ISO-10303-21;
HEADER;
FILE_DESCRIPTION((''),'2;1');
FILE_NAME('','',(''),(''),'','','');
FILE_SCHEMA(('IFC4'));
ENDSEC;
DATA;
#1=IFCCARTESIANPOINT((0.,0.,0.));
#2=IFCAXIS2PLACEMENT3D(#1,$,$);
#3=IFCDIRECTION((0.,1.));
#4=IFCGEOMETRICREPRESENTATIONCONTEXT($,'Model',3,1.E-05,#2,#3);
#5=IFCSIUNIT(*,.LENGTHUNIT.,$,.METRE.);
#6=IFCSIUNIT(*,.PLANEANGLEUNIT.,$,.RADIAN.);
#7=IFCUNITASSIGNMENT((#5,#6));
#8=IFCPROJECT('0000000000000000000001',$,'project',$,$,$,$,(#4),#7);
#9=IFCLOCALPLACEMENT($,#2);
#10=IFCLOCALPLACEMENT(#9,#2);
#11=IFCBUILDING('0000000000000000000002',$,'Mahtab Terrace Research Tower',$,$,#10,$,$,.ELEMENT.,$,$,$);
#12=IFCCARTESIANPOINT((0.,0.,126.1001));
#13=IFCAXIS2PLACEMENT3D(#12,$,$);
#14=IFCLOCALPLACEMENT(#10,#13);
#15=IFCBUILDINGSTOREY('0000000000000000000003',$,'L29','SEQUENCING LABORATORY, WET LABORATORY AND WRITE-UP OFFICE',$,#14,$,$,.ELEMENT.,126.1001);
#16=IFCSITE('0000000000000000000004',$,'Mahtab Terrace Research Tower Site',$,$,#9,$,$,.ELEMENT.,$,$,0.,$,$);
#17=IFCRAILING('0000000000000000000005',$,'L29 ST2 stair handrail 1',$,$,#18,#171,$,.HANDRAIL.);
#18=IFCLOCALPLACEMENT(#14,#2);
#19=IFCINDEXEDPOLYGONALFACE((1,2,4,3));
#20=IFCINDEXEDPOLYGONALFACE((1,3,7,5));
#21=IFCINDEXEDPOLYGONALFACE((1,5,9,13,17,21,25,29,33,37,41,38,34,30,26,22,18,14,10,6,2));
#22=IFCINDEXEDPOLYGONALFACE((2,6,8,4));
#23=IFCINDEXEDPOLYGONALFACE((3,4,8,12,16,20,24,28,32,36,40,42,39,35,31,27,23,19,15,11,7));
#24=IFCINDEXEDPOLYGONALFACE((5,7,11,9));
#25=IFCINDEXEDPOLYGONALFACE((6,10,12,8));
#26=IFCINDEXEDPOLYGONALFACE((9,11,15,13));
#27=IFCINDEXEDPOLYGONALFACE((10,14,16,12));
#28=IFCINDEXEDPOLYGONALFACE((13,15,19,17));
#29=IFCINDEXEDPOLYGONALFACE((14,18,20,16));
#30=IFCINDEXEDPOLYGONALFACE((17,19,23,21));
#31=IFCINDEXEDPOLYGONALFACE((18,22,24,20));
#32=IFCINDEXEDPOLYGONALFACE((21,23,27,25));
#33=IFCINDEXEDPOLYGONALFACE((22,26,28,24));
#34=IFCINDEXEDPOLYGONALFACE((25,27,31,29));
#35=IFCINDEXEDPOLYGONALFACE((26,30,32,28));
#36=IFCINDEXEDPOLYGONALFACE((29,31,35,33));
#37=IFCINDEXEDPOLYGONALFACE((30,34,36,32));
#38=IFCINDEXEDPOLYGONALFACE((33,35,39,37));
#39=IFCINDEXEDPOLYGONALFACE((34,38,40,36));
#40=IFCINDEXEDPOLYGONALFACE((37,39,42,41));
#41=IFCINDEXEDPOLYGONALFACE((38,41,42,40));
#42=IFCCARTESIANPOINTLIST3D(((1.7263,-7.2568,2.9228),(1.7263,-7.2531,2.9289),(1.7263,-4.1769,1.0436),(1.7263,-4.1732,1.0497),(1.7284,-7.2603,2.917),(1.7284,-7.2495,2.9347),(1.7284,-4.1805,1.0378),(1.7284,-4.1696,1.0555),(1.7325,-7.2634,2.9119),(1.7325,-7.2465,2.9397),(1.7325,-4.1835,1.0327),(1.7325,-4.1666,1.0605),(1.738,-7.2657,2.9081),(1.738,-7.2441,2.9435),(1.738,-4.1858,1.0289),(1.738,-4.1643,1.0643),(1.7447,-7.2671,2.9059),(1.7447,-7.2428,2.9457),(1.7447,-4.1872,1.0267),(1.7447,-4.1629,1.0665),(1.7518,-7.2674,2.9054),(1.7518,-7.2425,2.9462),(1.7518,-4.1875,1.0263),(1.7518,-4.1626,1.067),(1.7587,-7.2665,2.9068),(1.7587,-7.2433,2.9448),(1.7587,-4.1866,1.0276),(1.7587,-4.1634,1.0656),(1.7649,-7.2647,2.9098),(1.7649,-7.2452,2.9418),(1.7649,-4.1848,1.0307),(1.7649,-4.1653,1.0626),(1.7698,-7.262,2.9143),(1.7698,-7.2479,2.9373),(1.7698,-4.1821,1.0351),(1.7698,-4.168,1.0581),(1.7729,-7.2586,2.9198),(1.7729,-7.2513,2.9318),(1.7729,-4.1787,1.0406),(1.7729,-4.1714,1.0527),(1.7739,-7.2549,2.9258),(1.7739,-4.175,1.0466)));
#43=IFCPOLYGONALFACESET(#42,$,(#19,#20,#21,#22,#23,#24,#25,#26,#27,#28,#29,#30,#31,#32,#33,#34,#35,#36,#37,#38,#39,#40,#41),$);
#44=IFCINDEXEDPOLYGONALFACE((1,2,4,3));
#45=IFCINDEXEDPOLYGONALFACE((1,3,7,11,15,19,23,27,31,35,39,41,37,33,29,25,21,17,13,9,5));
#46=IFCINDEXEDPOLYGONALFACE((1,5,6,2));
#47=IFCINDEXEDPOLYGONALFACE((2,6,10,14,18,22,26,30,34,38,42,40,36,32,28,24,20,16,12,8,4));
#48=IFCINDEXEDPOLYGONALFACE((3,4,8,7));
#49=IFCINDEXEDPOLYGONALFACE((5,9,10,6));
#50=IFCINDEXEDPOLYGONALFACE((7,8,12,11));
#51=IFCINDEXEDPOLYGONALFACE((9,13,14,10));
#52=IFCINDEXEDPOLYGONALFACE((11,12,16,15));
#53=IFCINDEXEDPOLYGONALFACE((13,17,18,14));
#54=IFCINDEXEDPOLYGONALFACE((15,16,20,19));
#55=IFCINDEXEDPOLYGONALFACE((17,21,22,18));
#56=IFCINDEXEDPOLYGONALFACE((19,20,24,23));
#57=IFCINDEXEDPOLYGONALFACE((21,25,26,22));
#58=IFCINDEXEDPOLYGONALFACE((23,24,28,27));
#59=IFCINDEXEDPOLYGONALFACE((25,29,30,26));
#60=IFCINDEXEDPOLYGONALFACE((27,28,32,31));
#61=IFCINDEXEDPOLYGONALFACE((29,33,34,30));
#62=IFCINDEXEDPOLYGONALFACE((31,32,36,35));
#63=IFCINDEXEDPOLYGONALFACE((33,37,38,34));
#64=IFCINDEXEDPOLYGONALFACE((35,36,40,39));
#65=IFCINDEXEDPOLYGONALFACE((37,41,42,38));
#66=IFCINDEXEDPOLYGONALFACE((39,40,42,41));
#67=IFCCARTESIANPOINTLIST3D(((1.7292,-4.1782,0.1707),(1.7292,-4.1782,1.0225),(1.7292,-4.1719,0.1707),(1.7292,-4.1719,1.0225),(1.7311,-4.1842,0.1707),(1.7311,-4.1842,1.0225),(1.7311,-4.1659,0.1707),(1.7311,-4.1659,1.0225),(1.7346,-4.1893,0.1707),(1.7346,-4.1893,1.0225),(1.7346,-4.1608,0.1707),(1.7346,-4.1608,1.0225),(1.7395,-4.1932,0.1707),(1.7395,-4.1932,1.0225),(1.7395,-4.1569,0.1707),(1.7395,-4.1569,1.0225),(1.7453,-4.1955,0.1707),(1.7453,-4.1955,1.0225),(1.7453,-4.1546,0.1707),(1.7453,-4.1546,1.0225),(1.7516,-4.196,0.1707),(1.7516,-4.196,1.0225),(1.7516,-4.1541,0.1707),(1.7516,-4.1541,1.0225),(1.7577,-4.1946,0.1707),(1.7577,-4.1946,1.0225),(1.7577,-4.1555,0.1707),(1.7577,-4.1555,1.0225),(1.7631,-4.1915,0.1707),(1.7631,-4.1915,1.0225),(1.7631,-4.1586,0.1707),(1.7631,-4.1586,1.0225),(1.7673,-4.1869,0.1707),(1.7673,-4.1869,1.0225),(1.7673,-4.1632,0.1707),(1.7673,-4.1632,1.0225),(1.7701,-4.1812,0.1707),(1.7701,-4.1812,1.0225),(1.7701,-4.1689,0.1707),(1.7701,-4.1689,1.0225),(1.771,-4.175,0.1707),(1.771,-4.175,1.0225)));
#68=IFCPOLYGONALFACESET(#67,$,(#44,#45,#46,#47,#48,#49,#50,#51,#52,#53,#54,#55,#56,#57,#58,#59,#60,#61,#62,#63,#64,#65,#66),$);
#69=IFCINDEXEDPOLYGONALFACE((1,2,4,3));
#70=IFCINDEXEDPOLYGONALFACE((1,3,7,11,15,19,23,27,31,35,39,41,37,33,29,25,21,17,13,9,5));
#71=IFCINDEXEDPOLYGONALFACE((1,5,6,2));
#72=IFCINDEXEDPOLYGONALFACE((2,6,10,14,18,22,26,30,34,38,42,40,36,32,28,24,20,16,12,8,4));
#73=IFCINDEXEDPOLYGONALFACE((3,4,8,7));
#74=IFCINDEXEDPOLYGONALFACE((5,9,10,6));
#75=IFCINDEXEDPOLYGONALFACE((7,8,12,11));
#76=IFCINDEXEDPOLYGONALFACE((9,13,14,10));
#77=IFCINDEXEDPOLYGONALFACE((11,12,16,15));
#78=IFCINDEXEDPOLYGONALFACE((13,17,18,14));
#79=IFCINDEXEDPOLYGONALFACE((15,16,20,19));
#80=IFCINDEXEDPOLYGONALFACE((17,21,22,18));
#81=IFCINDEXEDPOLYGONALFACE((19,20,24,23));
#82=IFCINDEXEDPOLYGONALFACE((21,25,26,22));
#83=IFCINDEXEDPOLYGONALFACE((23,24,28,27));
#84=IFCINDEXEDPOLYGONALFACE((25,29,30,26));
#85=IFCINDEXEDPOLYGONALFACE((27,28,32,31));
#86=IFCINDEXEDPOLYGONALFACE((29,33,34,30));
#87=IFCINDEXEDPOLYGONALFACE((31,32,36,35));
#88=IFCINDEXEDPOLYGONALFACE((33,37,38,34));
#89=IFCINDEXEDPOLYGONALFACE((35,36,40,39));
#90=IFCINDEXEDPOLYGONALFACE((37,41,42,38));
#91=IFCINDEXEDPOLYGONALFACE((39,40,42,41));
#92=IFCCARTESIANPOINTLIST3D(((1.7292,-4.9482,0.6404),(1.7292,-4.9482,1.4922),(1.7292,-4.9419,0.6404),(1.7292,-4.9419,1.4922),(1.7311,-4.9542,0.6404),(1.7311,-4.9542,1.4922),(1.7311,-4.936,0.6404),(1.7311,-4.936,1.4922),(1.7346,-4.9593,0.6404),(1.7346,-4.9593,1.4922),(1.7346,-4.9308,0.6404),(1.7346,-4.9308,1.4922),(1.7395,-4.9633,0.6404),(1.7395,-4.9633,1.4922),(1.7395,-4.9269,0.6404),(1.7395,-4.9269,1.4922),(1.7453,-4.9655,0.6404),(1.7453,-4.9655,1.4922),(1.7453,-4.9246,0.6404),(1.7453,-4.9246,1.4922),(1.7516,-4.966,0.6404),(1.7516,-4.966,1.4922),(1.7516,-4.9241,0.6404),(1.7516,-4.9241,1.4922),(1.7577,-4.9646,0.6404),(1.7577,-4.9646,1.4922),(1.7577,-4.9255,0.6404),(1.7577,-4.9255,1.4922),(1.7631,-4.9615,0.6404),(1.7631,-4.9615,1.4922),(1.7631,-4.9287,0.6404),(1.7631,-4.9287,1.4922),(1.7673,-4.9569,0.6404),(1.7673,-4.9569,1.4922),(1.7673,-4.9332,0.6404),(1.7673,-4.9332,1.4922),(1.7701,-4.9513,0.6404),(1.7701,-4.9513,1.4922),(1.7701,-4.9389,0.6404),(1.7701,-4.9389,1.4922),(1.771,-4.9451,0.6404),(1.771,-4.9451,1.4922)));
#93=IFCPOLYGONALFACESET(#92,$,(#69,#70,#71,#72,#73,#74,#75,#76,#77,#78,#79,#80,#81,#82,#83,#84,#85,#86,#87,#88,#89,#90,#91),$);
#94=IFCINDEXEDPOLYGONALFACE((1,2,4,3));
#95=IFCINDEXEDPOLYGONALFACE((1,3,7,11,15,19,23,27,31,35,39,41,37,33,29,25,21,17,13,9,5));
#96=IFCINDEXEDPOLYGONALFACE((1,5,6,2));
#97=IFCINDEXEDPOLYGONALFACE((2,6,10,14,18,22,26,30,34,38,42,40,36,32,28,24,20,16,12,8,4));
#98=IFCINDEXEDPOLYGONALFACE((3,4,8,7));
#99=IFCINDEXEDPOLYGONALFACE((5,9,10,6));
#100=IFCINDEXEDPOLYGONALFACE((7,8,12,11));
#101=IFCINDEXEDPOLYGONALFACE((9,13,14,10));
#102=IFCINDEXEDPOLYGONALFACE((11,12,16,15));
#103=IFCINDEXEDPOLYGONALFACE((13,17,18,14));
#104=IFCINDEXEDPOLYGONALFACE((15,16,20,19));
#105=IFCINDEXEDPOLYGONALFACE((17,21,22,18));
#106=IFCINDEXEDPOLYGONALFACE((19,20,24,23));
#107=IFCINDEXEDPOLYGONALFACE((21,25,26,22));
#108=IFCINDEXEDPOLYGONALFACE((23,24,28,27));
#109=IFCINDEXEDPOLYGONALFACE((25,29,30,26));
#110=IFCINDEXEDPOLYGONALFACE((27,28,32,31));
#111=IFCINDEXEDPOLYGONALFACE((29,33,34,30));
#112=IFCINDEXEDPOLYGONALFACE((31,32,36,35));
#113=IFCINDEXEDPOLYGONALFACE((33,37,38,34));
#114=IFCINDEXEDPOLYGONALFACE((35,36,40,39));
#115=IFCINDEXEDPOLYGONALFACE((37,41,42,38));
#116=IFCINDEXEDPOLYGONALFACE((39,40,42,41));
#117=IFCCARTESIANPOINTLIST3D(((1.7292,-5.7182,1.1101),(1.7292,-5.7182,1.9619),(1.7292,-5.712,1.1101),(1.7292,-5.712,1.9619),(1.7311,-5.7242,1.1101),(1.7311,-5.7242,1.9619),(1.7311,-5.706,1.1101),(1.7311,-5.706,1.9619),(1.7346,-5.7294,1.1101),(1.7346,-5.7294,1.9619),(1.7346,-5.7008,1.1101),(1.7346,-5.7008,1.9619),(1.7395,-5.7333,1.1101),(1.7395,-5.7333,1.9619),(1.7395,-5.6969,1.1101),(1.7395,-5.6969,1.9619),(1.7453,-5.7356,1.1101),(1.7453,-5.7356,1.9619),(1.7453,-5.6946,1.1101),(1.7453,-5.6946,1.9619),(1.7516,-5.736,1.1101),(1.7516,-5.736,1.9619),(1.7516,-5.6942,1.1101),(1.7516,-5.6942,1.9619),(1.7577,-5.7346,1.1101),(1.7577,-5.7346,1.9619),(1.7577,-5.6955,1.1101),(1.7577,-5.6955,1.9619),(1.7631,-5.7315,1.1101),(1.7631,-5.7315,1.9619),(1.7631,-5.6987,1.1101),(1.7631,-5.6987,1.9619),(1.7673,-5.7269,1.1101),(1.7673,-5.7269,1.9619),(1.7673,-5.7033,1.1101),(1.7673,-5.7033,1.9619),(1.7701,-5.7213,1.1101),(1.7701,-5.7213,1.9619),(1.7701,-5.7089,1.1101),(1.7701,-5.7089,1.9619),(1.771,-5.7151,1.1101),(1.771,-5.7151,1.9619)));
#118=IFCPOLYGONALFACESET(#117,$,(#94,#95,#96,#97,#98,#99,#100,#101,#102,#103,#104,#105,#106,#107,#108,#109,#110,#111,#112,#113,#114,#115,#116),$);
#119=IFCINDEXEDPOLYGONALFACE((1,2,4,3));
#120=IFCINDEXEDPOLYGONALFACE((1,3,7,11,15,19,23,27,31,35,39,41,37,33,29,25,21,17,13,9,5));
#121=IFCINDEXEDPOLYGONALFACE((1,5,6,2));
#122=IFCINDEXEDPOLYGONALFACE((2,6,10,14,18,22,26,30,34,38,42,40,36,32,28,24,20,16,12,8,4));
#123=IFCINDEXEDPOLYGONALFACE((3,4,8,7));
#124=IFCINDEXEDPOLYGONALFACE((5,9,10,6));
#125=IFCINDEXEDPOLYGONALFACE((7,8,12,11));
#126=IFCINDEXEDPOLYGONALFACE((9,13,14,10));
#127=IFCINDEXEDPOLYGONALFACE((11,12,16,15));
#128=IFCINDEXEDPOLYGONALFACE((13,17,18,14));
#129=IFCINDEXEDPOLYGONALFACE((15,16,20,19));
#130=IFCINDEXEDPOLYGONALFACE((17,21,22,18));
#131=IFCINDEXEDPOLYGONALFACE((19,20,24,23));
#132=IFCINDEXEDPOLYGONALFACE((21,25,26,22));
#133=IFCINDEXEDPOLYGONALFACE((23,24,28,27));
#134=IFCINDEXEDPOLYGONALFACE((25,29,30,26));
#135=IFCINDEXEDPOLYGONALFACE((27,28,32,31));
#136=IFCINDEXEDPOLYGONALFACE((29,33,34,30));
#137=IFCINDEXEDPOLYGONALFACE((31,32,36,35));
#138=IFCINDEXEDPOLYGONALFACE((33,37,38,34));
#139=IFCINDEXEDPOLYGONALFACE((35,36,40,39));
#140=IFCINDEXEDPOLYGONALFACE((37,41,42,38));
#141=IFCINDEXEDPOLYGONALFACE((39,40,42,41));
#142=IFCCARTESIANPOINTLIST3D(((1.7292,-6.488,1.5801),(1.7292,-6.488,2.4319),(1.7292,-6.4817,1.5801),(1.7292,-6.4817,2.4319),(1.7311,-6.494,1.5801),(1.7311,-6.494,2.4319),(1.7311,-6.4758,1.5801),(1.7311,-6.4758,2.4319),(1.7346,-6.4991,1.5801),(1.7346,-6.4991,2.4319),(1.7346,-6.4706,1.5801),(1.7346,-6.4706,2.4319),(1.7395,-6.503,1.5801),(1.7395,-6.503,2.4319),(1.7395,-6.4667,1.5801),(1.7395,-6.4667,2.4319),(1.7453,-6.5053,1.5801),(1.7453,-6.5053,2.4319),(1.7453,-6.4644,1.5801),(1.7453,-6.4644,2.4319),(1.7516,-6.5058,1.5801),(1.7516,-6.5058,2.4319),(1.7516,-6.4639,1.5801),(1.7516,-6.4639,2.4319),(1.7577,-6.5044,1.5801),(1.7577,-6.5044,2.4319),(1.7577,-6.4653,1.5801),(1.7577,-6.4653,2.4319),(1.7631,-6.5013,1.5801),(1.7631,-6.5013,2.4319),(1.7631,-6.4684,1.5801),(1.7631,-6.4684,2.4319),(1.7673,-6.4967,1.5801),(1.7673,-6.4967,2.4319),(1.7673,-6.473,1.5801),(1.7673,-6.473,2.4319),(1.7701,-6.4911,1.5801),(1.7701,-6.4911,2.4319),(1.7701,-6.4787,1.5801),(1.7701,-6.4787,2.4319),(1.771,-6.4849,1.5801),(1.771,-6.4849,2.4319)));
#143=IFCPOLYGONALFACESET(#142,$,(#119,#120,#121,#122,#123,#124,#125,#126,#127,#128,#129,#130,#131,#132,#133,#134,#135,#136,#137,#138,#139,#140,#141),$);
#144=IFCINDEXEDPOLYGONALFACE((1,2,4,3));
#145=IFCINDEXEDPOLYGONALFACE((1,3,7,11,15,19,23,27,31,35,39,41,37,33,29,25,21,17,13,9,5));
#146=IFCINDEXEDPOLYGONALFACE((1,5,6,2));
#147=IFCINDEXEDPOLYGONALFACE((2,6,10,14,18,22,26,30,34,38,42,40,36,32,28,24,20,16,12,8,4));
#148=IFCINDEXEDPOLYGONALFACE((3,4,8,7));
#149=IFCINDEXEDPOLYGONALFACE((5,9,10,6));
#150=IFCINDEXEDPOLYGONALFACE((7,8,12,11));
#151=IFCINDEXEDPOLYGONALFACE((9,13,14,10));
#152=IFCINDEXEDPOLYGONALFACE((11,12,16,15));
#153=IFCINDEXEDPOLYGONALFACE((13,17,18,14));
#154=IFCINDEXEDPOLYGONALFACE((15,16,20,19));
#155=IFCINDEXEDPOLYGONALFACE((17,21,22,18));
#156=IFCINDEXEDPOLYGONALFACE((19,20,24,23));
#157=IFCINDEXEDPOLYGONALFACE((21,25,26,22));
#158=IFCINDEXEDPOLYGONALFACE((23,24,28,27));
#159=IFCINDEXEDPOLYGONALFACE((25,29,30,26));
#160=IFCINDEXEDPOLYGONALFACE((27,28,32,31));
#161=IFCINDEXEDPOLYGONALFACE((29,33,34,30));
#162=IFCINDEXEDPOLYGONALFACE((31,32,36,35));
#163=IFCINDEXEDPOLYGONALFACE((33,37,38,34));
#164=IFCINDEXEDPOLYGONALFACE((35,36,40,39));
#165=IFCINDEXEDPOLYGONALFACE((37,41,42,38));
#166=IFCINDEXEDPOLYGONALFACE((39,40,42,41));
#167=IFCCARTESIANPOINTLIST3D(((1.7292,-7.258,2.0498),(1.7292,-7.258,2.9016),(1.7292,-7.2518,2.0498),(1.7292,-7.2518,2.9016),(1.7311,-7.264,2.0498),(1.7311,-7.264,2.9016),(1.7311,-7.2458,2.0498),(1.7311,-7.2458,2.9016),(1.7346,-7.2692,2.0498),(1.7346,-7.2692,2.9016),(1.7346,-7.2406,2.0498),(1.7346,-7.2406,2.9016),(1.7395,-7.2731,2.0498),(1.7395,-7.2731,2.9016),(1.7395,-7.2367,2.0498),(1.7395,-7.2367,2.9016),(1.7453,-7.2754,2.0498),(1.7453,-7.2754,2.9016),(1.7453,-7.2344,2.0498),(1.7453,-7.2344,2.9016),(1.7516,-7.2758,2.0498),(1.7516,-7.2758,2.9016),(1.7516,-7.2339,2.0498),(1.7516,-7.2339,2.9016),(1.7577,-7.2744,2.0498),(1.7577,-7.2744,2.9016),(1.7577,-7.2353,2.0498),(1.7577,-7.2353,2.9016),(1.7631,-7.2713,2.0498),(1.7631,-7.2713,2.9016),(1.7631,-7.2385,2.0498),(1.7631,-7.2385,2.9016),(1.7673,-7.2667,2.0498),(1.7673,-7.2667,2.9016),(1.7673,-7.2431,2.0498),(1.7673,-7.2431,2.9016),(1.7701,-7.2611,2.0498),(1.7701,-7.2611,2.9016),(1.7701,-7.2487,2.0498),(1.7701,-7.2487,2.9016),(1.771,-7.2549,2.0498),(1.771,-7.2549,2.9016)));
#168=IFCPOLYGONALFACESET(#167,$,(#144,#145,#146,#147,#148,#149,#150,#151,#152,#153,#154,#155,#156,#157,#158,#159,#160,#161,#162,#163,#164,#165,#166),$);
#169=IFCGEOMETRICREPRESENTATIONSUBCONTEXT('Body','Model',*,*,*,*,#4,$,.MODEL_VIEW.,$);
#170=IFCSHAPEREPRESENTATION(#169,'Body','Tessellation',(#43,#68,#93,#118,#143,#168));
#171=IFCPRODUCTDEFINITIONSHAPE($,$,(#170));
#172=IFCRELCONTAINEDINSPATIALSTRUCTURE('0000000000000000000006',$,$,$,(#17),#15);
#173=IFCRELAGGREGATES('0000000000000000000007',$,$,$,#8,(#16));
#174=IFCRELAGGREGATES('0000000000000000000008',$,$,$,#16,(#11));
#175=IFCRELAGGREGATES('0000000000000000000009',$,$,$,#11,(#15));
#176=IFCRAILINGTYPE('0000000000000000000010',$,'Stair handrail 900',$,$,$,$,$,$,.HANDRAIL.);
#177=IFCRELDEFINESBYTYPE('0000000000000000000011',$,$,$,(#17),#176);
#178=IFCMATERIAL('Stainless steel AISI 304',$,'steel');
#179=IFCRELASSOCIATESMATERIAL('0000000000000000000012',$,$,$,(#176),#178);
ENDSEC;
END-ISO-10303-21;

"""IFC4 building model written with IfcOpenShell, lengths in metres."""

from ifc_helpers import new_model, si_unit, direction, frame, origin, origin_2d, place, context, subcontext, project, spatial, circle, extrude, material, type_object, element, save


model = new_model("IFC4")

# Units and contexts
model_context = context("Model", 3, precision=1e-05, world=origin(), true_north=direction((0.0, 1.0)))
body_context = subcontext(model_context, "Body", "Model", "MODEL_VIEW")
ifc_project = project(units=[si_unit("LENGTHUNIT", "METRE"), si_unit("PLANEANGLEUNIT", "RADIAN")], contexts=[model_context])

# Site, building, storey
site_placement = place(None, origin())
site = spatial("IfcSite", under=ifc_project, at=site_placement, Name="Mahtab Terrace Research Tower Site", CompositionType="ELEMENT", RefElevation=0.0)
building_placement = place(site_placement, origin())
building = spatial("IfcBuilding", under=site, at=building_placement, Name="Mahtab Terrace Research Tower", CompositionType="ELEMENT")
storey_placement = place(building_placement, frame((0.0, 0.0, 126.1001)))
storey = spatial("IfcBuildingStorey", under=building, at=storey_placement, Name="L29", Description="SEQUENCING LABORATORY, WET LABORATORY AND WRITE-UP OFFICE", CompositionType="ELEMENT", Elevation=126.1001)

# Railing
ifc_material_1 = material(Name="Stainless steel AISI 304", Category="steel")
railing_type_1 = type_object("IfcRailingType", Name="Stair handrail 900", PredefinedType="HANDRAIL", material=ifc_material_1)
railing_1_placement = place(storey_placement, frame((1.75, -4.175, 0.1707)))
element("IfcRailing", 1, at=railing_1_placement, inside=storey, type_object=railing_type_1, Name="L29 ST2 stair handrail 1", PredefinedType="HANDRAIL", context=body_context, shape_type="SweptSolid", body=[
    extrude(circle(Radius=0.0239, at=origin_2d()), frame((0.0, 0.0, 0.876), z_axis=(0.0, -0.853648, 0.52085), x_axis=(1.0, 0.0, 0.0)), (0.0, 0.0, 1.0), 3.6079),
    extrude(circle(Radius=0.021, at=origin_2d()), origin(), (0.0, 0.0, 1.0), 0.8518),
    extrude(circle(Radius=0.021, at=origin_2d()), frame((0.0, -0.77, 0.4697)), (0.0, 0.0, 1.0), 0.8518),
    extrude(circle(Radius=0.021, at=origin_2d()), frame((0.0, -1.54, 0.9395)), (0.0, 0.0, 1.0), 0.8518),
    extrude(circle(Radius=0.021, at=origin_2d()), frame((0.0, -2.3098, 1.4094)), (0.0, 0.0, 1.0), 0.8518),
    extrude(circle(Radius=0.021, at=origin_2d()), frame((0.0, -3.0798, 1.8792)), (0.0, 0.0, 1.0), 0.8518),
])

save(model, "model.ifc")
